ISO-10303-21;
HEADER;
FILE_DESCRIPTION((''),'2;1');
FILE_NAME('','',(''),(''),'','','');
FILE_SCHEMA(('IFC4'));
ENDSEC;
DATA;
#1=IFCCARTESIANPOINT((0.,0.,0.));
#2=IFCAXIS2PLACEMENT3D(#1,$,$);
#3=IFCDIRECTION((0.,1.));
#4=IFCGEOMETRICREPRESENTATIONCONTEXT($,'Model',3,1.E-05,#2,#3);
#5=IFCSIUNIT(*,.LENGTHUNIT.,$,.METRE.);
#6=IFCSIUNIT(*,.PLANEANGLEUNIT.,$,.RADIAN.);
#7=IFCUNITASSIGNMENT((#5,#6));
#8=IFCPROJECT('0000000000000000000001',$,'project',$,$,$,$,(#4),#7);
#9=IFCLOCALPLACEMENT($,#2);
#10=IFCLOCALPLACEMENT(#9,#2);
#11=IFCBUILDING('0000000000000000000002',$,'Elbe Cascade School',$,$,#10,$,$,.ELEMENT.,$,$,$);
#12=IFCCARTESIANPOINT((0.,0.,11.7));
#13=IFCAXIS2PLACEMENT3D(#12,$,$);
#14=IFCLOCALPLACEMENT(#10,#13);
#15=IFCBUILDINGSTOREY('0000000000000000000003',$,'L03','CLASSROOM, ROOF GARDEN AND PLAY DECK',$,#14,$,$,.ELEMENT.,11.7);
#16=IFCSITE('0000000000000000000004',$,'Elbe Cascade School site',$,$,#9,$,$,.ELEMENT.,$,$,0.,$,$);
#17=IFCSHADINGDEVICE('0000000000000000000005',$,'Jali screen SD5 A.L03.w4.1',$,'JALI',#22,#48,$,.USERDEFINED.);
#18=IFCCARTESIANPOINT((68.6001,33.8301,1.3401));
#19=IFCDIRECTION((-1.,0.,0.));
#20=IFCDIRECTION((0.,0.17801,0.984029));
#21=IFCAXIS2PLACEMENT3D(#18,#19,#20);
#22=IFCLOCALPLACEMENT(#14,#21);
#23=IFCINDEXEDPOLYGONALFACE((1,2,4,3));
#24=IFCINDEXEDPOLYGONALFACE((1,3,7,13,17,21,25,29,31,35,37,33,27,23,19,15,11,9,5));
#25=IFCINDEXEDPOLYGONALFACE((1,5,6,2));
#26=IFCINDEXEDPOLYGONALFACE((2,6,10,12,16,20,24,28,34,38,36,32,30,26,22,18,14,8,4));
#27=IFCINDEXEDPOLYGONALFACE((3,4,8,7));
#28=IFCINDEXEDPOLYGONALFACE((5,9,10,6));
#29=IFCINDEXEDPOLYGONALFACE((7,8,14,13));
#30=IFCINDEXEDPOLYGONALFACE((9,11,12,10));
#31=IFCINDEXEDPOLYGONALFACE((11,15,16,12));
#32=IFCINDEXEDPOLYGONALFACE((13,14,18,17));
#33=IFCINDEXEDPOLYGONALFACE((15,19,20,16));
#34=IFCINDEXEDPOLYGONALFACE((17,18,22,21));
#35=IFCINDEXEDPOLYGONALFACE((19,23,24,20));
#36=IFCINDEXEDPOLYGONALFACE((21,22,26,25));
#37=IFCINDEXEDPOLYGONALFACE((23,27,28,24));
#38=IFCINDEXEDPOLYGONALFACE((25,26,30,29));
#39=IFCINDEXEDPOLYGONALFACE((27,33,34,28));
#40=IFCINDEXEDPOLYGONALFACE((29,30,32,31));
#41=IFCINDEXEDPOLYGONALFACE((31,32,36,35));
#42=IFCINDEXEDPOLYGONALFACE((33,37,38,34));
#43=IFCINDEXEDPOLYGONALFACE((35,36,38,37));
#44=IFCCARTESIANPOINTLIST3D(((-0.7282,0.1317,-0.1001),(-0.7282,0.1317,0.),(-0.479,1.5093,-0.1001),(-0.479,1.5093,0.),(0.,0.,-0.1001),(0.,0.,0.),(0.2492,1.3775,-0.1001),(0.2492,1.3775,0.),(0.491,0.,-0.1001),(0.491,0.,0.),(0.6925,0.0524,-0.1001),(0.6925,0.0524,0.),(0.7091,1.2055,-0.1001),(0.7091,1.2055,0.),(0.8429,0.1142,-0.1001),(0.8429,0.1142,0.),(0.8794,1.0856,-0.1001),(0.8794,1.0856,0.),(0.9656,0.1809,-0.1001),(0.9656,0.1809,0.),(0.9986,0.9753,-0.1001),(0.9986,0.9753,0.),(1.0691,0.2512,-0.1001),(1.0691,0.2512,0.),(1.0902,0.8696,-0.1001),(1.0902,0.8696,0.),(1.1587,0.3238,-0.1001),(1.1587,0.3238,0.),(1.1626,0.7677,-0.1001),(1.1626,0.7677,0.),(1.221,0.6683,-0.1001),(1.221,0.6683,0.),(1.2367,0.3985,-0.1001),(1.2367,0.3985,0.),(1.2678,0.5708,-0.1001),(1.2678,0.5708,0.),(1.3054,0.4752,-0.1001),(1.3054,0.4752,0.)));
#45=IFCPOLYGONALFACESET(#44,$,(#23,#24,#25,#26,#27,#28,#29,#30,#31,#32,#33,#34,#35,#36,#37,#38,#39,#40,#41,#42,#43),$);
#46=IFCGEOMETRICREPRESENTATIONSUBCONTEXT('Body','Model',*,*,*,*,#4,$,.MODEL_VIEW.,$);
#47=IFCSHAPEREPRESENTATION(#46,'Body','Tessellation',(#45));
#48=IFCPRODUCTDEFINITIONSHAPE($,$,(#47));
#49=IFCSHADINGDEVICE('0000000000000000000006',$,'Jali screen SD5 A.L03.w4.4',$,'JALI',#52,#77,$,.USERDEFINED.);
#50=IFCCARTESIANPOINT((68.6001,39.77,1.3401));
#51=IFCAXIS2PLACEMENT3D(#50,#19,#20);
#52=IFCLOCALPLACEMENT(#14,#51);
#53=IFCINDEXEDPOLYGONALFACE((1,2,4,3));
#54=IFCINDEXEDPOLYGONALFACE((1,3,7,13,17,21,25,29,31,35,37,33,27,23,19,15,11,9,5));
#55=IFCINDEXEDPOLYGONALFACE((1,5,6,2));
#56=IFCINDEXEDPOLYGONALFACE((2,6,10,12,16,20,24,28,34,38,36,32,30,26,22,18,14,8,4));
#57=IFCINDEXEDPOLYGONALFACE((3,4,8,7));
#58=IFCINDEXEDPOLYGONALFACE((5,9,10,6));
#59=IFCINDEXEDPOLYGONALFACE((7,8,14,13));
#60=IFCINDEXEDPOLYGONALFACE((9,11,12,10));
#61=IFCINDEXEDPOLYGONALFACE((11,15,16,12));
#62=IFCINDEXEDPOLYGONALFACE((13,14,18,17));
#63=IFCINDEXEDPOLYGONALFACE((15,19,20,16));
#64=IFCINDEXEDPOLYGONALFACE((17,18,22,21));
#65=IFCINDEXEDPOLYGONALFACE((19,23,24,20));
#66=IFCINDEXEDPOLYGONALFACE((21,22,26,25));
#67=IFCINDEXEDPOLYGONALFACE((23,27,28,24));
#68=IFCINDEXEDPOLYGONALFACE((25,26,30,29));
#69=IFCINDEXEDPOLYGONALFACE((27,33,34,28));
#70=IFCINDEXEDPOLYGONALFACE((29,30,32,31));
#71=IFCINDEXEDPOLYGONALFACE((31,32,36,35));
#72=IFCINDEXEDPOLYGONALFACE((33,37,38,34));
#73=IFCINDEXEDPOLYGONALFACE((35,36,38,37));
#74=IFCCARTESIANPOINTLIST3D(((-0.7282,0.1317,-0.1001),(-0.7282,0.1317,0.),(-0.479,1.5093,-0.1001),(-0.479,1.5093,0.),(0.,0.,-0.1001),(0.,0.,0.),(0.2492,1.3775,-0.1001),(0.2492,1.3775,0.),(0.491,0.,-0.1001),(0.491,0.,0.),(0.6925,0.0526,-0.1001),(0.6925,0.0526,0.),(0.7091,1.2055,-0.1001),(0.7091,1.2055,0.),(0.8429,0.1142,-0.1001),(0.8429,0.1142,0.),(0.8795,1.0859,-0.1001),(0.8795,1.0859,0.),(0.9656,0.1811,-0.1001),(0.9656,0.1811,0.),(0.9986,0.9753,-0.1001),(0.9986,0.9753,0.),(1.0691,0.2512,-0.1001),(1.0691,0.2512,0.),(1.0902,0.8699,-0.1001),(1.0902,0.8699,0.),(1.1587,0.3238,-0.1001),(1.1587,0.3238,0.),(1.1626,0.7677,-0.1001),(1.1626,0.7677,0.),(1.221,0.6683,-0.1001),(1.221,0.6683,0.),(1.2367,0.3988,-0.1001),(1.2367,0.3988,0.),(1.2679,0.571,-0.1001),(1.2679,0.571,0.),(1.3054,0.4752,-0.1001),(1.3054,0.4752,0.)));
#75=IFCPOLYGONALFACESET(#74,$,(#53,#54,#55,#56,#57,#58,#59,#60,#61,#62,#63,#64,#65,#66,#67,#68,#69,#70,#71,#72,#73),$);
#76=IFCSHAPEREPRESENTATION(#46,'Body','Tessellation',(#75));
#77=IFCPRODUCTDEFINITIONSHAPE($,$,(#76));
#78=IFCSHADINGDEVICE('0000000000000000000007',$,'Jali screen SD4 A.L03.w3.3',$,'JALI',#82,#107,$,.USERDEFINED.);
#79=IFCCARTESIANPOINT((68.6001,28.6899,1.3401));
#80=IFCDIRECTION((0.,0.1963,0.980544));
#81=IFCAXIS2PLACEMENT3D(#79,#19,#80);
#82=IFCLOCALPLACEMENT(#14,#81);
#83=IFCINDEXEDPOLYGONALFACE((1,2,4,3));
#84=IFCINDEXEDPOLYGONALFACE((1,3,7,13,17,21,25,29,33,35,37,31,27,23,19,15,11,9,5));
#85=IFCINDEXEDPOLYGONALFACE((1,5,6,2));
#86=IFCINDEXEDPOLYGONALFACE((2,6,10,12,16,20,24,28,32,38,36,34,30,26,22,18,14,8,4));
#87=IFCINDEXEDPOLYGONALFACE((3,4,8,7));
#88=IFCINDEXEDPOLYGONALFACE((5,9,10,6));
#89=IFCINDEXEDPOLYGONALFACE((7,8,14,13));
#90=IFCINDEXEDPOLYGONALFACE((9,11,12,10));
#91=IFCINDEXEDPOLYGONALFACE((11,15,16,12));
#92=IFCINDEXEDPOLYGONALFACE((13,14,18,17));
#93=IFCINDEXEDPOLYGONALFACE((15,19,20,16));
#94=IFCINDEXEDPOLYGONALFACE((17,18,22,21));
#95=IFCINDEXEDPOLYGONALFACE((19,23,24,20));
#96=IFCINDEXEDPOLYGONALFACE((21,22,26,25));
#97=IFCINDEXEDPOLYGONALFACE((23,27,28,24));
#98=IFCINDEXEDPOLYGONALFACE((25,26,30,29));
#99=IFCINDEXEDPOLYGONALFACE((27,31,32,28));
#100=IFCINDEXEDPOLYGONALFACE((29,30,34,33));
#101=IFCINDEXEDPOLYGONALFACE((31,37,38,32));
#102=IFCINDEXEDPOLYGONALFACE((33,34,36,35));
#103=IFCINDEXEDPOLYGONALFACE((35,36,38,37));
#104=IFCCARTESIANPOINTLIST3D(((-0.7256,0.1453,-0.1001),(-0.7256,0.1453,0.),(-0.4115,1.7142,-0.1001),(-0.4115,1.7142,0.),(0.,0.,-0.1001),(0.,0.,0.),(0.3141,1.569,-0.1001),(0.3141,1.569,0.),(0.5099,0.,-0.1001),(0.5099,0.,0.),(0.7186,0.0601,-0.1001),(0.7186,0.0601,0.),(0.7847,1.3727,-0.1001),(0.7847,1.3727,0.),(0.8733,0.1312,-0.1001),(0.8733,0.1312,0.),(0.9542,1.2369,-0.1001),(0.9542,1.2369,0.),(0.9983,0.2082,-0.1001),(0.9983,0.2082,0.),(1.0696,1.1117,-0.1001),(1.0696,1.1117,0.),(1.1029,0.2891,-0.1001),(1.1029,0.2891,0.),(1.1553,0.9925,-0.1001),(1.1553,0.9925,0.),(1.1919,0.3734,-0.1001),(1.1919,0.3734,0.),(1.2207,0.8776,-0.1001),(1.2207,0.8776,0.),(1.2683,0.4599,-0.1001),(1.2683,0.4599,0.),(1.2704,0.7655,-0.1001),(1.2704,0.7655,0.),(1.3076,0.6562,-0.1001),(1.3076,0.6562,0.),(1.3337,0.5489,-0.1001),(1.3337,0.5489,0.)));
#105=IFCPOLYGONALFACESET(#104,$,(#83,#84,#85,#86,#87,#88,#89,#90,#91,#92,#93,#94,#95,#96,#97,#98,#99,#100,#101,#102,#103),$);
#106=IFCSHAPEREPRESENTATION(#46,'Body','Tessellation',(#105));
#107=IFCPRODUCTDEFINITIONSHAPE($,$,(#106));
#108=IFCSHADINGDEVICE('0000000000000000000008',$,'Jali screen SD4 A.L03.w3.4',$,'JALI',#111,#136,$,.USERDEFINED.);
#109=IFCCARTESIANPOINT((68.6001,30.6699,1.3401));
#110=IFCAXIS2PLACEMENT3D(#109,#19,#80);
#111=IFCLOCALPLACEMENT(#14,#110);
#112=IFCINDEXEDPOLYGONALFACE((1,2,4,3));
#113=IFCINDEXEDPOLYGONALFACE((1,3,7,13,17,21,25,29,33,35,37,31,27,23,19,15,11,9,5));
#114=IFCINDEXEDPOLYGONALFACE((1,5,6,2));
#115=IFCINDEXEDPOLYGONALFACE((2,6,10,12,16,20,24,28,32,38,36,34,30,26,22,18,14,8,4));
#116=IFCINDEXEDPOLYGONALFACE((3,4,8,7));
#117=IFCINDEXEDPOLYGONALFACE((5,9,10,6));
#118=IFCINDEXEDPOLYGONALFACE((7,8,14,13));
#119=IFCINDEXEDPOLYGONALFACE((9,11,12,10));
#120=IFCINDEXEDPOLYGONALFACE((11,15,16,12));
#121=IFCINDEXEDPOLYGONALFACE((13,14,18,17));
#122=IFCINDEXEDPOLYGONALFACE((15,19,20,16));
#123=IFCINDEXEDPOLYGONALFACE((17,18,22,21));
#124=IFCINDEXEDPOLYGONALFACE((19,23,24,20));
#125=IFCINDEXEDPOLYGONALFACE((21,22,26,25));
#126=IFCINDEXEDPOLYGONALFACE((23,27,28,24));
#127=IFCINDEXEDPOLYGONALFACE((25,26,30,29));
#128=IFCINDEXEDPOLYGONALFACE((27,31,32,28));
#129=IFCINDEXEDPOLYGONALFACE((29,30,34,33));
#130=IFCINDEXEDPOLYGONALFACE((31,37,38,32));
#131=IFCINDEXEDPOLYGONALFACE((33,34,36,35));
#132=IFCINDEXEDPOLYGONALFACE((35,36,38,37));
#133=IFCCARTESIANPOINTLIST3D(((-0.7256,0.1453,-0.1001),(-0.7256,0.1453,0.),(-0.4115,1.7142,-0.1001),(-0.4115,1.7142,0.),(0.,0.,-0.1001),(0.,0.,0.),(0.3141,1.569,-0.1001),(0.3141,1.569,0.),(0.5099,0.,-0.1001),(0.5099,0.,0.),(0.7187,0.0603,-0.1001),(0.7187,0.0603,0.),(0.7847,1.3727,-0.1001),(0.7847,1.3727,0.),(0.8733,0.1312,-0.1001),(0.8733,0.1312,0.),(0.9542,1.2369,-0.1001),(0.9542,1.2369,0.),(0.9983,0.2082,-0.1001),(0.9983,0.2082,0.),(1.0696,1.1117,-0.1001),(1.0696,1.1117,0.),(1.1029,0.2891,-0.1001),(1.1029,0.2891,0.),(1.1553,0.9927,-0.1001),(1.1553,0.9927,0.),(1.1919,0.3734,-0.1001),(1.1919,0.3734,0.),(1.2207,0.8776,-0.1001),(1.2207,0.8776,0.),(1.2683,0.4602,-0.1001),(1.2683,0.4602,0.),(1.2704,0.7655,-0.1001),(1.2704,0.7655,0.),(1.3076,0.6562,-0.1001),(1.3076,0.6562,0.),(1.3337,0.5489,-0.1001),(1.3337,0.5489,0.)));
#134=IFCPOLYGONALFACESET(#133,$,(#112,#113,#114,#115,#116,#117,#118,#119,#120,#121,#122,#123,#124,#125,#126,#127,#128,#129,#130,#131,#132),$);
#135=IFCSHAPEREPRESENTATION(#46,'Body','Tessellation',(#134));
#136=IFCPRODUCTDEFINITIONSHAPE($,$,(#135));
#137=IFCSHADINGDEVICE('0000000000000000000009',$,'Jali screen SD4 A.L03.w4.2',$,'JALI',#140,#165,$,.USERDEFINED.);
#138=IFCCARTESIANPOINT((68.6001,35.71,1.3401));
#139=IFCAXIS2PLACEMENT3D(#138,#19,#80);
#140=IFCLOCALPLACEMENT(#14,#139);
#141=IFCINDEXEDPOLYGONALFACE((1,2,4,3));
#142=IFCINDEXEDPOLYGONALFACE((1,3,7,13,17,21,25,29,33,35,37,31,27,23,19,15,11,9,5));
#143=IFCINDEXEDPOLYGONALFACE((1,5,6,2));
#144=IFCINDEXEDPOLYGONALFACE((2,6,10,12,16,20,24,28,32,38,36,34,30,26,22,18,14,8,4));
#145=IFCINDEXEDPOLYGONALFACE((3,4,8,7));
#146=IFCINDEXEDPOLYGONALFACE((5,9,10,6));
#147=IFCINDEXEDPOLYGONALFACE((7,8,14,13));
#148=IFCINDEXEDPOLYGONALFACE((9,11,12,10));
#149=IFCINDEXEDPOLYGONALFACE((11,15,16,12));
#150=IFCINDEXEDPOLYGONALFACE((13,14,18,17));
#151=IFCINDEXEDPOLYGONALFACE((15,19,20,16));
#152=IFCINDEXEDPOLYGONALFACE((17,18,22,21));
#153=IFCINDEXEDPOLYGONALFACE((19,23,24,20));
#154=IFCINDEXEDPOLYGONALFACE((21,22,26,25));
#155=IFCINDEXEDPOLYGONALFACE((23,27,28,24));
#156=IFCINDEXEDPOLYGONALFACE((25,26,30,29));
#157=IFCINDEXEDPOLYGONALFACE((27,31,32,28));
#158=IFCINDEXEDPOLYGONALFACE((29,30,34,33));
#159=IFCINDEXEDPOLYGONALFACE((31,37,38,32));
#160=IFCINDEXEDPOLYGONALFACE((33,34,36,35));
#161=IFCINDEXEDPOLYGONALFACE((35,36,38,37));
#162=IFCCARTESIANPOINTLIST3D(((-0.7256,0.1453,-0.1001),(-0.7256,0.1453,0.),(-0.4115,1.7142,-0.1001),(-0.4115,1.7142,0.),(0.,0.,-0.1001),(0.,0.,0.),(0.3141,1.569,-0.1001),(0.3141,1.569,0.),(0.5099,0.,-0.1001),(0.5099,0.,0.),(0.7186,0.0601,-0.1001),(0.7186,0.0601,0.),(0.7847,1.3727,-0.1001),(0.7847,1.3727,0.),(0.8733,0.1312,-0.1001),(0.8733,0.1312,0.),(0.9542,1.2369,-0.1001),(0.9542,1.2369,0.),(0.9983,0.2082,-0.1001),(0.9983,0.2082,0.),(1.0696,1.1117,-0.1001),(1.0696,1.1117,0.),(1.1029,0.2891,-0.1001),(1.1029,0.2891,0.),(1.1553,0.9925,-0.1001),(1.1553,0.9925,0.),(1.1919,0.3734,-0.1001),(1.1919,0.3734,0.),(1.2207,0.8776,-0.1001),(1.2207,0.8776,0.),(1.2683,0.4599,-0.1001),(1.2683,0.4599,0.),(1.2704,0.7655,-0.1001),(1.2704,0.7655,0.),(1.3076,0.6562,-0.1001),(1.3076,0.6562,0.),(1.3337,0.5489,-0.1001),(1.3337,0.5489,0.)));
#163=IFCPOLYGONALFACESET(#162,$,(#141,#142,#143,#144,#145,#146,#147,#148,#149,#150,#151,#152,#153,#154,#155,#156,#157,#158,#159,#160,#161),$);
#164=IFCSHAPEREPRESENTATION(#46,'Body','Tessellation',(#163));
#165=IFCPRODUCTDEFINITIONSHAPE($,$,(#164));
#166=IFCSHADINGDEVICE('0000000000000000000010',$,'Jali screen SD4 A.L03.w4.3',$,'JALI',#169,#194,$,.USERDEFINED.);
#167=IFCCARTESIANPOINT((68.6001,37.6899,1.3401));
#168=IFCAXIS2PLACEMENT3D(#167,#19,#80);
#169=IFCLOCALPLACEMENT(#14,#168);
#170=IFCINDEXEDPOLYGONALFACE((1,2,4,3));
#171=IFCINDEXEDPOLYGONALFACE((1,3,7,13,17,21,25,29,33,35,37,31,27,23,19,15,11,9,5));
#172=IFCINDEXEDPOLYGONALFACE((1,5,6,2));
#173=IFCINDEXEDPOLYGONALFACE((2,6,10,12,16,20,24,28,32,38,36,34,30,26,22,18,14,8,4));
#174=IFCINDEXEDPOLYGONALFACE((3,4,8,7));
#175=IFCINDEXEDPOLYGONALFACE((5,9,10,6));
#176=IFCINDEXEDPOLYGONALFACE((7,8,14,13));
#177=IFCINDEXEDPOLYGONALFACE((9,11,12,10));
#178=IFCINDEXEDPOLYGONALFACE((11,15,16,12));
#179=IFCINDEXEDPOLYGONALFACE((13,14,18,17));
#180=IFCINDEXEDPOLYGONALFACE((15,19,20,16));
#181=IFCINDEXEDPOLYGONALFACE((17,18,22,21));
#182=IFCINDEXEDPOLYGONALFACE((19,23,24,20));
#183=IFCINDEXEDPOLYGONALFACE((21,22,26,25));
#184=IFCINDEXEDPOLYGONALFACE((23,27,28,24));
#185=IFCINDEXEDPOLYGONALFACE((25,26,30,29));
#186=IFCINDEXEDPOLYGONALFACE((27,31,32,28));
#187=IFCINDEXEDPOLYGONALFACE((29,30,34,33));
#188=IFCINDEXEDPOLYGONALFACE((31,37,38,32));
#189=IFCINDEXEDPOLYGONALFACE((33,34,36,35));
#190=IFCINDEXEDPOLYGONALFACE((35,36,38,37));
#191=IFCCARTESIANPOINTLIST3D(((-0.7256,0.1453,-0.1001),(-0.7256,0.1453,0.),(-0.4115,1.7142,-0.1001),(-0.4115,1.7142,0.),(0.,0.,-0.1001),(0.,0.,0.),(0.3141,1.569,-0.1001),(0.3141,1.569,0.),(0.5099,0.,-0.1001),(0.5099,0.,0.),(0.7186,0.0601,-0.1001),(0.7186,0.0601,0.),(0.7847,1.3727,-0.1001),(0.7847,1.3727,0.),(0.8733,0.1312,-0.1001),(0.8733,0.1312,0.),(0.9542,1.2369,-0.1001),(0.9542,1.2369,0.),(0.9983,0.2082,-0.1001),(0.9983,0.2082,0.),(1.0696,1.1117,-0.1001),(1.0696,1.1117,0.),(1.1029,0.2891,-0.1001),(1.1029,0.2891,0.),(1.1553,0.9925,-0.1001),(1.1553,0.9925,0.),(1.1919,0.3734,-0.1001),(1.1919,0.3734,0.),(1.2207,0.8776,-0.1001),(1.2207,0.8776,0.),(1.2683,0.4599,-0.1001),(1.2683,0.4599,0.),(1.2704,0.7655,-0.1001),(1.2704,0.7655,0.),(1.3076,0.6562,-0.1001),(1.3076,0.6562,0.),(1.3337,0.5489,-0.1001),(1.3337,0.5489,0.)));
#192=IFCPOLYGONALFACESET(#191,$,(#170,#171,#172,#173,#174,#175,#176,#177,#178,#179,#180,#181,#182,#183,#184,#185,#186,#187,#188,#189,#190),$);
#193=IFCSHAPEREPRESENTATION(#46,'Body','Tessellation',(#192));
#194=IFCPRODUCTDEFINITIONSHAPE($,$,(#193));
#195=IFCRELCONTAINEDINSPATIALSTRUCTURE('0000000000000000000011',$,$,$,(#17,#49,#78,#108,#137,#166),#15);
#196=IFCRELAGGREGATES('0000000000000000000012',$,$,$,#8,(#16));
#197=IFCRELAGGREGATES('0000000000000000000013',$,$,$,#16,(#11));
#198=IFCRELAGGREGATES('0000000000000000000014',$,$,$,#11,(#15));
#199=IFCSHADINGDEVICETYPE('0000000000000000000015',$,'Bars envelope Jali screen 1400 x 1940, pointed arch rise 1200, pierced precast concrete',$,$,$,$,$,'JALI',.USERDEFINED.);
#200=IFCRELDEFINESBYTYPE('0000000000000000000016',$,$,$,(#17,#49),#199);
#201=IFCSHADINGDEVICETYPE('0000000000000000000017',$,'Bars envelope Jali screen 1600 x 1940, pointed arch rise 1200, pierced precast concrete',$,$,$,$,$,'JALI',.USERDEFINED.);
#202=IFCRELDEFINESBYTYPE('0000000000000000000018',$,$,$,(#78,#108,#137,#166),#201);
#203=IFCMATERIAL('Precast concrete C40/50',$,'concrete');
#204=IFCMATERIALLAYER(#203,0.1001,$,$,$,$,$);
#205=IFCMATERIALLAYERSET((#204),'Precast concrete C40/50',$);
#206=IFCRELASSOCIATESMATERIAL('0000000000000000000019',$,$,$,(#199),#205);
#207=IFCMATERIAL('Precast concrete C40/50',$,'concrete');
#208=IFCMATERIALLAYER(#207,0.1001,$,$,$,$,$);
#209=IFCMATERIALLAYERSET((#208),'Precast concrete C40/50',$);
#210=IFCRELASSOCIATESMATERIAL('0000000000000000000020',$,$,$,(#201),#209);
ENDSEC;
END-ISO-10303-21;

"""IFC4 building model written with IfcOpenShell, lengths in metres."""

from ifc_helpers import new_model, si_unit, direction, frame, origin, place, context, subcontext, project, spatial, polyline, outline, extrude, material, layer, layer_set, type_object, element, save


model = new_model("IFC4")

# Units and contexts
model_context = context("Model", 3, precision=1e-05, world=origin(), true_north=direction((0.0, 1.0)))
body_context = subcontext(model_context, "Body", "Model", "MODEL_VIEW")
ifc_project = project(units=[si_unit("LENGTHUNIT", "METRE"), si_unit("PLANEANGLEUNIT", "RADIAN")], contexts=[model_context])

# Site, building, storey
site_placement = place(None, origin())
site = spatial("IfcSite", under=ifc_project, at=site_placement, Name="Elbe Cascade School site", CompositionType="ELEMENT", RefElevation=0.0)
building_placement = place(site_placement, origin())
building = spatial("IfcBuilding", under=site, at=building_placement, Name="Elbe Cascade School", CompositionType="ELEMENT")
storey_placement = place(building_placement, frame((0.0, 0.0, 11.7)))
storey = spatial("IfcBuildingStorey", under=building, at=storey_placement, Name="L03", Description="CLASSROOM, ROOF GARDEN AND PLAY DECK", CompositionType="ELEMENT", Elevation=11.7)

# Shading devices
ifc_material_1 = material(Name="Precast concrete C40/50", Category="concrete")
ifc_layer_1 = layer(ifc_material_1, 0.1001)
ifc_layer_set_1 = layer_set([ifc_layer_1], Name="Precast concrete C40/50")
shading_device_type_1 = type_object("IfcShadingDeviceType", Name="Bars envelope Jali screen 1400 x 1940, pointed arch rise 1200, pierced precast concrete", ElementType="JALI", PredefinedType="USERDEFINED", material=ifc_layer_set_1)
shading_device_1_placement = place(storey_placement, frame((68.6001, 33.8301, 1.3401), z_axis=(-1.0, 0.0, 0.0), x_axis=(0.0, 0.17801, 0.984029)))
element("IfcShadingDevice", 1, at=shading_device_1_placement, inside=storey, type_object=shading_device_type_1, Name="Jali screen SD5 A.L03.w4.1", ObjectType="JALI", PredefinedType="USERDEFINED", context=body_context, shape_type="SweptSolid", body=[
    extrude(outline(polyline([(0.0, 0.0), (0.491, 0.0), (0.6925, 0.0524), (0.8429, 0.1142), (0.9656, 0.1809), (1.0691, 0.2512), (1.1587, 0.3238), (1.2367, 0.3985), (1.3054, 0.4752), (1.2678, 0.5708), (1.221, 0.6683), (1.1626, 0.7677), (1.0902, 0.8696), (0.9986, 0.9753), (0.8794, 1.0856), (0.7091, 1.2055), (0.2492, 1.3775), (-0.479, 1.5093), (-0.7282, 0.1317), (0.0, 0.0)])), origin(), (0.0, 0.0, -1.0), 0.1001),
])
shading_device_2_placement = place(storey_placement, frame((68.6001, 39.77, 1.3401), z_axis=(-1.0, 0.0, 0.0), x_axis=(0.0, 0.17801, 0.984029)))
element("IfcShadingDevice", 2, at=shading_device_2_placement, inside=storey, type_object=shading_device_type_1, Name="Jali screen SD5 A.L03.w4.4", ObjectType="JALI", PredefinedType="USERDEFINED", context=body_context, shape_type="SweptSolid", body=[
    extrude(outline(polyline([(0.0, 0.0), (0.491, 0.0), (0.6925, 0.0526), (0.8429, 0.1142), (0.9656, 0.1811), (1.0691, 0.2512), (1.1587, 0.3238), (1.2367, 0.3988), (1.3054, 0.4752), (1.2679, 0.571), (1.221, 0.6683), (1.1626, 0.7677), (1.0902, 0.8699), (0.9986, 0.9753), (0.8795, 1.0859), (0.7091, 1.2055), (0.2492, 1.3775), (-0.479, 1.5093), (-0.7282, 0.1317), (0.0, 0.0)])), origin(), (0.0, 0.0, -1.0), 0.1001),
])
ifc_material_2 = material(Name="Precast concrete C40/50", Category="concrete")
ifc_layer_2 = layer(ifc_material_2, 0.1001)
ifc_layer_set_2 = layer_set([ifc_layer_2], Name="Precast concrete C40/50")
shading_device_type_2 = type_object("IfcShadingDeviceType", Name="Bars envelope Jali screen 1600 x 1940, pointed arch rise 1200, pierced precast concrete", ElementType="JALI", PredefinedType="USERDEFINED", material=ifc_layer_set_2)
shading_device_3_placement = place(storey_placement, frame((68.6001, 28.6899, 1.3401), z_axis=(-1.0, 0.0, 0.0), x_axis=(0.0, 0.1963, 0.980544)))
element("IfcShadingDevice", 3, at=shading_device_3_placement, inside=storey, type_object=shading_device_type_2, Name="Jali screen SD4 A.L03.w3.3", ObjectType="JALI", PredefinedType="USERDEFINED", context=body_context, shape_type="SweptSolid", body=[
    extrude(outline(polyline([(0.0, 0.0), (0.5099, 0.0), (0.7186, 0.0601), (0.8733, 0.1312), (0.9983, 0.2082), (1.1029, 0.2891), (1.1919, 0.3734), (1.2683, 0.4599), (1.3337, 0.5489), (1.3076, 0.6562), (1.2704, 0.7655), (1.2207, 0.8776), (1.1553, 0.9925), (1.0696, 1.1117), (0.9542, 1.2369), (0.7847, 1.3727), (0.3141, 1.569), (-0.4115, 1.7142), (-0.7256, 0.1453), (0.0, 0.0)])), origin(), (0.0, 0.0, -1.0), 0.1001),
])
shading_device_4_placement = place(storey_placement, frame((68.6001, 30.6699, 1.3401), z_axis=(-1.0, 0.0, 0.0), x_axis=(0.0, 0.1963, 0.980544)))
element("IfcShadingDevice", 4, at=shading_device_4_placement, inside=storey, type_object=shading_device_type_2, Name="Jali screen SD4 A.L03.w3.4", ObjectType="JALI", PredefinedType="USERDEFINED", context=body_context, shape_type="SweptSolid", body=[
    extrude(outline(polyline([(0.0, 0.0), (0.5099, 0.0), (0.7187, 0.0603), (0.8733, 0.1312), (0.9983, 0.2082), (1.1029, 0.2891), (1.1919, 0.3734), (1.2683, 0.4602), (1.3337, 0.5489), (1.3076, 0.6562), (1.2704, 0.7655), (1.2207, 0.8776), (1.1553, 0.9927), (1.0696, 1.1117), (0.9542, 1.2369), (0.7847, 1.3727), (0.3141, 1.569), (-0.4115, 1.7142), (-0.7256, 0.1453), (0.0, 0.0)])), origin(), (0.0, 0.0, -1.0), 0.1001),
])
for number, where, z_axis, x_axis, name in (
    (5, (68.6001, 35.71, 1.3401), (-1.0, 0.0, 0.0), (0.0, 0.1963, 0.980544), "Jali screen SD4 A.L03.w4.2"),
    (6, (68.6001, 37.6899, 1.3401), (-1.0, 0.0, 0.0), (0.0, 0.1963, 0.980544), "Jali screen SD4 A.L03.w4.3"),
):
    element("IfcShadingDevice", number, at=place(storey_placement, frame(where, z_axis=z_axis, x_axis=x_axis)), inside=storey, type_object=shading_device_type_2, Name=name, ObjectType="JALI", PredefinedType="USERDEFINED", context=body_context, shape_type="SweptSolid", body=[
        extrude(outline(polyline([(0.0, 0.0), (0.5099, 0.0), (0.7186, 0.0601), (0.8733, 0.1312), (0.9983, 0.2082), (1.1029, 0.2891), (1.1919, 0.3734), (1.2683, 0.4599), (1.3337, 0.5489), (1.3076, 0.6562), (1.2704, 0.7655), (1.2207, 0.8776), (1.1553, 0.9925), (1.0696, 1.1117), (0.9542, 1.2369), (0.7847, 1.3727), (0.3141, 1.569), (-0.4115, 1.7142), (-0.7256, 0.1453), (0.0, 0.0)])), origin(), (0.0, 0.0, -1.0), 0.1001),
    ])

save(model, "model.ifc")
